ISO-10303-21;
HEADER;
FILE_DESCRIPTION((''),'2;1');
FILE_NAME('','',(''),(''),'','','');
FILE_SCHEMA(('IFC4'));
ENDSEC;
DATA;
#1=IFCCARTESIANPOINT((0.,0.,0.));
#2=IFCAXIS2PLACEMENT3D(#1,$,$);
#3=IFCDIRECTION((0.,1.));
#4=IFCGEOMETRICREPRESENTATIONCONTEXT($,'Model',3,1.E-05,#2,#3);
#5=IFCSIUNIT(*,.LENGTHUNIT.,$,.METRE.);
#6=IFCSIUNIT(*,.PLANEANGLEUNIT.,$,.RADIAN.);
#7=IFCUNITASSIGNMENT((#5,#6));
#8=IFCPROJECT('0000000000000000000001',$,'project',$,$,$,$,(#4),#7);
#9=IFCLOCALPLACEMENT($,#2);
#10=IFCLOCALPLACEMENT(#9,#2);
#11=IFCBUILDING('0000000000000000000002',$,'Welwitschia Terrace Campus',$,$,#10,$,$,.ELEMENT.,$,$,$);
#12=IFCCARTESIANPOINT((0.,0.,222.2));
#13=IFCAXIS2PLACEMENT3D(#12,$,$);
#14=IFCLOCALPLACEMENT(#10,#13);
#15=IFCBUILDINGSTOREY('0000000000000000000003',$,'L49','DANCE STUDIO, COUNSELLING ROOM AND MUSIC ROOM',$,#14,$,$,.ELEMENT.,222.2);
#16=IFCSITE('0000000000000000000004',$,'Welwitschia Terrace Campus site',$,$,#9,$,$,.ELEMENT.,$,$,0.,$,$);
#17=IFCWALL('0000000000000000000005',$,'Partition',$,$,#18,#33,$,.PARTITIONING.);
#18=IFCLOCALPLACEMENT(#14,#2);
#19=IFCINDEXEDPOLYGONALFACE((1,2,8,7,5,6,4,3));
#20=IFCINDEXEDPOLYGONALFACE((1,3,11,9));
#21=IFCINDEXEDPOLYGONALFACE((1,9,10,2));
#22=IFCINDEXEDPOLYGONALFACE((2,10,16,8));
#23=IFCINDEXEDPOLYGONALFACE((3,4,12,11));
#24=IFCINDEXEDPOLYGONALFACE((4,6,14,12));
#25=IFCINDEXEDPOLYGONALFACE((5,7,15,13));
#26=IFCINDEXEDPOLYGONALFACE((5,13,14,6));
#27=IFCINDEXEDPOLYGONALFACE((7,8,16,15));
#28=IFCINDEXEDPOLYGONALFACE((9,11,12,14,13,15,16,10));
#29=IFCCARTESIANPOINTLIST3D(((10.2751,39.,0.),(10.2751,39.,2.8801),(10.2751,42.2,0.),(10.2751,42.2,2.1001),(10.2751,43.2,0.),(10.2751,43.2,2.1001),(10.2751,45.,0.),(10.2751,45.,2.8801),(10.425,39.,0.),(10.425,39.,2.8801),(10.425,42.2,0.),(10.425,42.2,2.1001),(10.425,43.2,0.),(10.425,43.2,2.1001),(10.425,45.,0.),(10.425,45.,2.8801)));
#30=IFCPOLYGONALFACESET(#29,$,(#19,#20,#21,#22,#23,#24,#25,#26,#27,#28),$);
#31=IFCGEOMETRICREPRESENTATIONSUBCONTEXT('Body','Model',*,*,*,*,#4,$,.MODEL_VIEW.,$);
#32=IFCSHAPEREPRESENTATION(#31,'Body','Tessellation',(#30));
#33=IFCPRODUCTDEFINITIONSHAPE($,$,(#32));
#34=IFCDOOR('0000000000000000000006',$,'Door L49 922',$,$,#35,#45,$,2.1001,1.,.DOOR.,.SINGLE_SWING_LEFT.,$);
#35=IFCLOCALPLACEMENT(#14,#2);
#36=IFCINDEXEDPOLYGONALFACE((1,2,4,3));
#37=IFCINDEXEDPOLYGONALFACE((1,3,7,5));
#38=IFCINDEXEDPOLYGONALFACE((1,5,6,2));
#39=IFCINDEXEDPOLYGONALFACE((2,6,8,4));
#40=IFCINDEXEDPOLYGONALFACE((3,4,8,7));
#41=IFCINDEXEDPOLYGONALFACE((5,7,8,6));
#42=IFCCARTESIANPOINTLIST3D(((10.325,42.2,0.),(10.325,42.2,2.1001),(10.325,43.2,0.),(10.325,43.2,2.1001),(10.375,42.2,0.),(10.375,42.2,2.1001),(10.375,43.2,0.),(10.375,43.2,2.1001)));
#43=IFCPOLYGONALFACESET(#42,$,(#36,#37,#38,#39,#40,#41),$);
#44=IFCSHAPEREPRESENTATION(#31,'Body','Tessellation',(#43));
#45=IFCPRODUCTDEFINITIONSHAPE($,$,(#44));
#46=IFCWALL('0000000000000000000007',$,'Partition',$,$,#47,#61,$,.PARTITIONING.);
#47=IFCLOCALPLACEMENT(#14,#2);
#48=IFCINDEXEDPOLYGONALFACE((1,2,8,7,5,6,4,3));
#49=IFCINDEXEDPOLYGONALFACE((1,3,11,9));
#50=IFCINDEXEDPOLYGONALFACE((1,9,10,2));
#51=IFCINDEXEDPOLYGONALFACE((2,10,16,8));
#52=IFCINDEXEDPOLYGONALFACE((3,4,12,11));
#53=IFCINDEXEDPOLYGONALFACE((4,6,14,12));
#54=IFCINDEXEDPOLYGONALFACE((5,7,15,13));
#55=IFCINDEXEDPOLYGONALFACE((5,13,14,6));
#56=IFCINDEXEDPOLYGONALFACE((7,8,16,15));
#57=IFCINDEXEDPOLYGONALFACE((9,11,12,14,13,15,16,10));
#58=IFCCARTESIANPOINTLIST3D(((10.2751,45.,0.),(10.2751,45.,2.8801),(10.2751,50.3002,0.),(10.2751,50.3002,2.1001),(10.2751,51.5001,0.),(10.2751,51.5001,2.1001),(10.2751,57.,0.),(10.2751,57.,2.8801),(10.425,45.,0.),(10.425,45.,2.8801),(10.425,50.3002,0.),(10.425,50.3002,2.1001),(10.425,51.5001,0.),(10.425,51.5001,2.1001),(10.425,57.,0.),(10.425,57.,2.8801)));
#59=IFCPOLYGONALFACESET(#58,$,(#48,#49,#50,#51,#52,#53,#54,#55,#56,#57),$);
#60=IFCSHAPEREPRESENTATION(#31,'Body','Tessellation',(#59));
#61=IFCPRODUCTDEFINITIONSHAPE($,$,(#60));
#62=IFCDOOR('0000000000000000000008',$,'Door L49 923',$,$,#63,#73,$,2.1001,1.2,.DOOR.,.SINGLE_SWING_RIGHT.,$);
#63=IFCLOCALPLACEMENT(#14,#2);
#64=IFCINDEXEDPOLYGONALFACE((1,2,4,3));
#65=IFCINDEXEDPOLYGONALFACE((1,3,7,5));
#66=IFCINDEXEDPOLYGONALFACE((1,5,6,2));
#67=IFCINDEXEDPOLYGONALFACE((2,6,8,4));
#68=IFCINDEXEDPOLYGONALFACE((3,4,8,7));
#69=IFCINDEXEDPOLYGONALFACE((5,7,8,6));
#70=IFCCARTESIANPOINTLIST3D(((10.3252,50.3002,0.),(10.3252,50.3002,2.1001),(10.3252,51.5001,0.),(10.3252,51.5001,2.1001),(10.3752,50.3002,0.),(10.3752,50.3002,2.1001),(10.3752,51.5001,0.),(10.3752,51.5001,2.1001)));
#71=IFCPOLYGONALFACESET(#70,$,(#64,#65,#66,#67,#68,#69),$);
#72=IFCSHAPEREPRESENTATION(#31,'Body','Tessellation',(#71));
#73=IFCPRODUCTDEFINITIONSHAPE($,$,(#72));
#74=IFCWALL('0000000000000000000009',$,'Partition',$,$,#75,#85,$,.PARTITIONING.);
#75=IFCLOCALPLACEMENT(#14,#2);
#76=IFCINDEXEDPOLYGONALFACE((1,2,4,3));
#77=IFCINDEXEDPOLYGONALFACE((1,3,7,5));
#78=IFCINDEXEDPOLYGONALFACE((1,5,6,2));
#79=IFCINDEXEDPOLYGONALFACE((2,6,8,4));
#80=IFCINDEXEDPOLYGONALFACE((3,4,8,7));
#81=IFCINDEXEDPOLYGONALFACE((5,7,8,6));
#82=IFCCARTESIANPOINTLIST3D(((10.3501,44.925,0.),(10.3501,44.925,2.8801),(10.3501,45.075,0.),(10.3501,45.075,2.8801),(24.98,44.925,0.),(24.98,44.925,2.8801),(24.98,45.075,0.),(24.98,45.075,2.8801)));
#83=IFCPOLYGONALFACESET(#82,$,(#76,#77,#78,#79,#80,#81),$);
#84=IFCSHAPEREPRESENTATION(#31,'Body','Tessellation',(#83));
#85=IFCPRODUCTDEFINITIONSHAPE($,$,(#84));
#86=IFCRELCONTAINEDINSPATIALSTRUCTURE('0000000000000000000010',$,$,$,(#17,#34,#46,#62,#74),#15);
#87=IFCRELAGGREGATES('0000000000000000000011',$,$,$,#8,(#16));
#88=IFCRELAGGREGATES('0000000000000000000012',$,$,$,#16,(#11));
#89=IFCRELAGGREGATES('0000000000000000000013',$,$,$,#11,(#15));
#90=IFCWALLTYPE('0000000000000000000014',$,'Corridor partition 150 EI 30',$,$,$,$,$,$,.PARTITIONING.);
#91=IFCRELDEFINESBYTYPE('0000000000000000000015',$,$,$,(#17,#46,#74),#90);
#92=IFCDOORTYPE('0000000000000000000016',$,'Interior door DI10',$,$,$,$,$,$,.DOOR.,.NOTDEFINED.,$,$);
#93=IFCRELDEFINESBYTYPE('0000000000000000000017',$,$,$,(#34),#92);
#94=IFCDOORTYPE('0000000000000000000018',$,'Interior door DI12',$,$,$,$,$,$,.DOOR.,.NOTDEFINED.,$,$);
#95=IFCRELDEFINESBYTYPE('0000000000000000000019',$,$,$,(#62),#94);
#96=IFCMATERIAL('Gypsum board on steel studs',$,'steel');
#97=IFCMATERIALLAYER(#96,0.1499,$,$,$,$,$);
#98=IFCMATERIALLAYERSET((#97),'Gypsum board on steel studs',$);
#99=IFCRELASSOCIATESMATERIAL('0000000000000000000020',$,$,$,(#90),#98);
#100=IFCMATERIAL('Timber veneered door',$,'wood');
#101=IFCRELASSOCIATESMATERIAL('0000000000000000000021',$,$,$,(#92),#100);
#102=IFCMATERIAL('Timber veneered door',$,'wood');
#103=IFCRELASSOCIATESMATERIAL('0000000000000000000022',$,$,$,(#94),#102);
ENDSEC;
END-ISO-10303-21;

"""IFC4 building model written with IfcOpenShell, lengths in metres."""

from ifc_helpers import new_model, si_unit, direction, frame, frame_2d, origin, place, context, subcontext, project, spatial, rectangle, extrude, material, layer, layer_set, type_object, element, fill, save


model = new_model("IFC4")

# Units and contexts
model_context = context("Model", 3, precision=1e-05, world=origin(), true_north=direction((0.0, 1.0)))
body_context = subcontext(model_context, "Body", "Model", "MODEL_VIEW")
ifc_project = project(units=[si_unit("LENGTHUNIT", "METRE"), si_unit("PLANEANGLEUNIT", "RADIAN")], contexts=[model_context])

# Site, building, storey
site_placement = place(None, origin())
site = spatial("IfcSite", under=ifc_project, at=site_placement, Name="Welwitschia Terrace Campus site", CompositionType="ELEMENT", RefElevation=0.0)
building_placement = place(site_placement, origin())
building = spatial("IfcBuilding", under=site, at=building_placement, Name="Welwitschia Terrace Campus", CompositionType="ELEMENT")
storey_placement = place(building_placement, frame((0.0, 0.0, 222.2)))
storey = spatial("IfcBuildingStorey", under=building, at=storey_placement, Name="L49", Description="DANCE STUDIO, COUNSELLING ROOM AND MUSIC ROOM", CompositionType="ELEMENT", Elevation=222.2)

# Shared definitions
ifc_material_1 = material(Name="Gypsum board on steel studs", Category="steel")
ifc_layer_1 = layer(ifc_material_1, 0.1499)
ifc_layer_set_1 = layer_set([ifc_layer_1], Name="Gypsum board on steel studs")
wall_type = type_object("IfcWallType", Name="Corridor partition 150 EI 30", PredefinedType="PARTITIONING", material=ifc_layer_set_1)

# Shared definitions
ifc_material_2 = material(Name="Timber veneered door", Category="wood")
door_type_1 = type_object("IfcDoorType", Name="Interior door DI10", OperationType="NOTDEFINED", PredefinedType="DOOR", material=ifc_material_2)

# Walls, openings, doors
wall_1_placement = place(storey_placement, frame((10.3501, 45.0, 0.0), z_axis=(0.0, 0.0, 1.0), x_axis=(0.0, -1.0, 0.0)))
wall_1 = element("IfcWall", 1, at=wall_1_placement, inside=storey, type_object=wall_type, Name="Partition", PredefinedType="PARTITIONING", context=body_context, shape_type="SweptSolid", body=[
    extrude(rectangle(XDim=6.0, YDim=0.1499, at=frame_2d((3.0, 0.0))), origin(), (0.0, 0.0, 1.0), 2.8801),
])
opening_1_placement = place(wall_1_placement, frame((1.8, 0.0, 0.0)))
opening_1 = element("IfcOpeningElement", 2, at=opening_1_placement, cuts=wall_1, PredefinedType="OPENING", context=body_context, shape_type="SweptSolid", body=[
    extrude(rectangle(XDim=1.0, YDim=2.1001, at=frame_2d((0.5, 1.05))), frame((0.0, 0.085, 0.0), z_axis=(0.0, -1.0, 0.0), x_axis=(1.0, 0.0, 0.0)), (0.0, 0.0, 1.0), 0.1699),
])
door_1_placement = place(opening_1_placement, origin())
door_1 = element("IfcDoor", 3, at=door_1_placement, inside=storey, type_object=door_type_1, Name="Door L49 922", OperationType="SINGLE_SWING_LEFT", OverallHeight=2.1001, OverallWidth=1.0, PredefinedType="DOOR", context=body_context, shape_type="SweptSolid", body=[
    extrude(rectangle(XDim=1.0, YDim=2.1001, at=frame_2d((0.5, 1.05))), frame((0.0, 0.0249, 0.0), z_axis=(0.0, -1.0, 0.0), x_axis=(1.0, 0.0, 0.0)), (0.0, 0.0, 1.0), 0.05),
])
fill(opening_1, door_1)
wall_2_placement = place(storey_placement, frame((10.3501, 45.0, 0.0), z_axis=(0.0, 0.0, 1.0), x_axis=(0.0, 1.0, 0.0)))
wall_2 = element("IfcWall", 4, at=wall_2_placement, inside=storey, type_object=wall_type, Name="Partition", PredefinedType="PARTITIONING", context=body_context, shape_type="SweptSolid", body=[
    extrude(rectangle(XDim=12.0, YDim=0.1499, at=frame_2d((6.0, 0.0))), origin(), (0.0, 0.0, 1.0), 2.8801),
])
opening_2_placement = place(wall_2_placement, frame((5.3, 0.0, 0.0)))
opening_2 = element("IfcOpeningElement", 5, at=opening_2_placement, cuts=wall_2, PredefinedType="OPENING", context=body_context, shape_type="SweptSolid", body=[
    extrude(rectangle(XDim=1.2, YDim=2.1001, at=frame_2d((0.6001, 1.05))), frame((0.0, 0.085, 0.0), z_axis=(0.0, -1.0, 0.0), x_axis=(1.0, 0.0, 0.0)), (0.0, 0.0, 1.0), 0.1699),
])
ifc_material_3 = material(Name="Timber veneered door", Category="wood")
door_type_2 = type_object("IfcDoorType", Name="Interior door DI12", OperationType="NOTDEFINED", PredefinedType="DOOR", material=ifc_material_3)
door_2_placement = place(opening_2_placement, origin())
door_2 = element("IfcDoor", 6, at=door_2_placement, inside=storey, type_object=door_type_2, Name="Door L49 923", OperationType="SINGLE_SWING_RIGHT", OverallHeight=2.1001, OverallWidth=1.2, PredefinedType="DOOR", context=body_context, shape_type="SweptSolid", body=[
    extrude(rectangle(XDim=1.2, YDim=2.1001, at=frame_2d((0.6001, 1.05))), frame((0.0, 0.0249, 0.0), z_axis=(0.0, -1.0, 0.0), x_axis=(1.0, 0.0, 0.0)), (0.0, 0.0, 1.0), 0.05),
])
fill(opening_2, door_2)

# Wall
wall_3_placement = place(storey_placement, frame((10.3501, 45.0, 0.0), z_axis=(0.0, 0.0, 1.0), x_axis=(1.0, 0.0, 0.0)))
element("IfcWall", 7, at=wall_3_placement, inside=storey, type_object=wall_type, Name="Partition", PredefinedType="PARTITIONING", context=body_context, shape_type="SweptSolid", body=[
    extrude(rectangle(XDim=14.6299, YDim=0.1499, at=frame_2d((7.3149, 0.0))), origin(), (0.0, 0.0, 1.0), 2.8801),
])

save(model, "model.ifc")
